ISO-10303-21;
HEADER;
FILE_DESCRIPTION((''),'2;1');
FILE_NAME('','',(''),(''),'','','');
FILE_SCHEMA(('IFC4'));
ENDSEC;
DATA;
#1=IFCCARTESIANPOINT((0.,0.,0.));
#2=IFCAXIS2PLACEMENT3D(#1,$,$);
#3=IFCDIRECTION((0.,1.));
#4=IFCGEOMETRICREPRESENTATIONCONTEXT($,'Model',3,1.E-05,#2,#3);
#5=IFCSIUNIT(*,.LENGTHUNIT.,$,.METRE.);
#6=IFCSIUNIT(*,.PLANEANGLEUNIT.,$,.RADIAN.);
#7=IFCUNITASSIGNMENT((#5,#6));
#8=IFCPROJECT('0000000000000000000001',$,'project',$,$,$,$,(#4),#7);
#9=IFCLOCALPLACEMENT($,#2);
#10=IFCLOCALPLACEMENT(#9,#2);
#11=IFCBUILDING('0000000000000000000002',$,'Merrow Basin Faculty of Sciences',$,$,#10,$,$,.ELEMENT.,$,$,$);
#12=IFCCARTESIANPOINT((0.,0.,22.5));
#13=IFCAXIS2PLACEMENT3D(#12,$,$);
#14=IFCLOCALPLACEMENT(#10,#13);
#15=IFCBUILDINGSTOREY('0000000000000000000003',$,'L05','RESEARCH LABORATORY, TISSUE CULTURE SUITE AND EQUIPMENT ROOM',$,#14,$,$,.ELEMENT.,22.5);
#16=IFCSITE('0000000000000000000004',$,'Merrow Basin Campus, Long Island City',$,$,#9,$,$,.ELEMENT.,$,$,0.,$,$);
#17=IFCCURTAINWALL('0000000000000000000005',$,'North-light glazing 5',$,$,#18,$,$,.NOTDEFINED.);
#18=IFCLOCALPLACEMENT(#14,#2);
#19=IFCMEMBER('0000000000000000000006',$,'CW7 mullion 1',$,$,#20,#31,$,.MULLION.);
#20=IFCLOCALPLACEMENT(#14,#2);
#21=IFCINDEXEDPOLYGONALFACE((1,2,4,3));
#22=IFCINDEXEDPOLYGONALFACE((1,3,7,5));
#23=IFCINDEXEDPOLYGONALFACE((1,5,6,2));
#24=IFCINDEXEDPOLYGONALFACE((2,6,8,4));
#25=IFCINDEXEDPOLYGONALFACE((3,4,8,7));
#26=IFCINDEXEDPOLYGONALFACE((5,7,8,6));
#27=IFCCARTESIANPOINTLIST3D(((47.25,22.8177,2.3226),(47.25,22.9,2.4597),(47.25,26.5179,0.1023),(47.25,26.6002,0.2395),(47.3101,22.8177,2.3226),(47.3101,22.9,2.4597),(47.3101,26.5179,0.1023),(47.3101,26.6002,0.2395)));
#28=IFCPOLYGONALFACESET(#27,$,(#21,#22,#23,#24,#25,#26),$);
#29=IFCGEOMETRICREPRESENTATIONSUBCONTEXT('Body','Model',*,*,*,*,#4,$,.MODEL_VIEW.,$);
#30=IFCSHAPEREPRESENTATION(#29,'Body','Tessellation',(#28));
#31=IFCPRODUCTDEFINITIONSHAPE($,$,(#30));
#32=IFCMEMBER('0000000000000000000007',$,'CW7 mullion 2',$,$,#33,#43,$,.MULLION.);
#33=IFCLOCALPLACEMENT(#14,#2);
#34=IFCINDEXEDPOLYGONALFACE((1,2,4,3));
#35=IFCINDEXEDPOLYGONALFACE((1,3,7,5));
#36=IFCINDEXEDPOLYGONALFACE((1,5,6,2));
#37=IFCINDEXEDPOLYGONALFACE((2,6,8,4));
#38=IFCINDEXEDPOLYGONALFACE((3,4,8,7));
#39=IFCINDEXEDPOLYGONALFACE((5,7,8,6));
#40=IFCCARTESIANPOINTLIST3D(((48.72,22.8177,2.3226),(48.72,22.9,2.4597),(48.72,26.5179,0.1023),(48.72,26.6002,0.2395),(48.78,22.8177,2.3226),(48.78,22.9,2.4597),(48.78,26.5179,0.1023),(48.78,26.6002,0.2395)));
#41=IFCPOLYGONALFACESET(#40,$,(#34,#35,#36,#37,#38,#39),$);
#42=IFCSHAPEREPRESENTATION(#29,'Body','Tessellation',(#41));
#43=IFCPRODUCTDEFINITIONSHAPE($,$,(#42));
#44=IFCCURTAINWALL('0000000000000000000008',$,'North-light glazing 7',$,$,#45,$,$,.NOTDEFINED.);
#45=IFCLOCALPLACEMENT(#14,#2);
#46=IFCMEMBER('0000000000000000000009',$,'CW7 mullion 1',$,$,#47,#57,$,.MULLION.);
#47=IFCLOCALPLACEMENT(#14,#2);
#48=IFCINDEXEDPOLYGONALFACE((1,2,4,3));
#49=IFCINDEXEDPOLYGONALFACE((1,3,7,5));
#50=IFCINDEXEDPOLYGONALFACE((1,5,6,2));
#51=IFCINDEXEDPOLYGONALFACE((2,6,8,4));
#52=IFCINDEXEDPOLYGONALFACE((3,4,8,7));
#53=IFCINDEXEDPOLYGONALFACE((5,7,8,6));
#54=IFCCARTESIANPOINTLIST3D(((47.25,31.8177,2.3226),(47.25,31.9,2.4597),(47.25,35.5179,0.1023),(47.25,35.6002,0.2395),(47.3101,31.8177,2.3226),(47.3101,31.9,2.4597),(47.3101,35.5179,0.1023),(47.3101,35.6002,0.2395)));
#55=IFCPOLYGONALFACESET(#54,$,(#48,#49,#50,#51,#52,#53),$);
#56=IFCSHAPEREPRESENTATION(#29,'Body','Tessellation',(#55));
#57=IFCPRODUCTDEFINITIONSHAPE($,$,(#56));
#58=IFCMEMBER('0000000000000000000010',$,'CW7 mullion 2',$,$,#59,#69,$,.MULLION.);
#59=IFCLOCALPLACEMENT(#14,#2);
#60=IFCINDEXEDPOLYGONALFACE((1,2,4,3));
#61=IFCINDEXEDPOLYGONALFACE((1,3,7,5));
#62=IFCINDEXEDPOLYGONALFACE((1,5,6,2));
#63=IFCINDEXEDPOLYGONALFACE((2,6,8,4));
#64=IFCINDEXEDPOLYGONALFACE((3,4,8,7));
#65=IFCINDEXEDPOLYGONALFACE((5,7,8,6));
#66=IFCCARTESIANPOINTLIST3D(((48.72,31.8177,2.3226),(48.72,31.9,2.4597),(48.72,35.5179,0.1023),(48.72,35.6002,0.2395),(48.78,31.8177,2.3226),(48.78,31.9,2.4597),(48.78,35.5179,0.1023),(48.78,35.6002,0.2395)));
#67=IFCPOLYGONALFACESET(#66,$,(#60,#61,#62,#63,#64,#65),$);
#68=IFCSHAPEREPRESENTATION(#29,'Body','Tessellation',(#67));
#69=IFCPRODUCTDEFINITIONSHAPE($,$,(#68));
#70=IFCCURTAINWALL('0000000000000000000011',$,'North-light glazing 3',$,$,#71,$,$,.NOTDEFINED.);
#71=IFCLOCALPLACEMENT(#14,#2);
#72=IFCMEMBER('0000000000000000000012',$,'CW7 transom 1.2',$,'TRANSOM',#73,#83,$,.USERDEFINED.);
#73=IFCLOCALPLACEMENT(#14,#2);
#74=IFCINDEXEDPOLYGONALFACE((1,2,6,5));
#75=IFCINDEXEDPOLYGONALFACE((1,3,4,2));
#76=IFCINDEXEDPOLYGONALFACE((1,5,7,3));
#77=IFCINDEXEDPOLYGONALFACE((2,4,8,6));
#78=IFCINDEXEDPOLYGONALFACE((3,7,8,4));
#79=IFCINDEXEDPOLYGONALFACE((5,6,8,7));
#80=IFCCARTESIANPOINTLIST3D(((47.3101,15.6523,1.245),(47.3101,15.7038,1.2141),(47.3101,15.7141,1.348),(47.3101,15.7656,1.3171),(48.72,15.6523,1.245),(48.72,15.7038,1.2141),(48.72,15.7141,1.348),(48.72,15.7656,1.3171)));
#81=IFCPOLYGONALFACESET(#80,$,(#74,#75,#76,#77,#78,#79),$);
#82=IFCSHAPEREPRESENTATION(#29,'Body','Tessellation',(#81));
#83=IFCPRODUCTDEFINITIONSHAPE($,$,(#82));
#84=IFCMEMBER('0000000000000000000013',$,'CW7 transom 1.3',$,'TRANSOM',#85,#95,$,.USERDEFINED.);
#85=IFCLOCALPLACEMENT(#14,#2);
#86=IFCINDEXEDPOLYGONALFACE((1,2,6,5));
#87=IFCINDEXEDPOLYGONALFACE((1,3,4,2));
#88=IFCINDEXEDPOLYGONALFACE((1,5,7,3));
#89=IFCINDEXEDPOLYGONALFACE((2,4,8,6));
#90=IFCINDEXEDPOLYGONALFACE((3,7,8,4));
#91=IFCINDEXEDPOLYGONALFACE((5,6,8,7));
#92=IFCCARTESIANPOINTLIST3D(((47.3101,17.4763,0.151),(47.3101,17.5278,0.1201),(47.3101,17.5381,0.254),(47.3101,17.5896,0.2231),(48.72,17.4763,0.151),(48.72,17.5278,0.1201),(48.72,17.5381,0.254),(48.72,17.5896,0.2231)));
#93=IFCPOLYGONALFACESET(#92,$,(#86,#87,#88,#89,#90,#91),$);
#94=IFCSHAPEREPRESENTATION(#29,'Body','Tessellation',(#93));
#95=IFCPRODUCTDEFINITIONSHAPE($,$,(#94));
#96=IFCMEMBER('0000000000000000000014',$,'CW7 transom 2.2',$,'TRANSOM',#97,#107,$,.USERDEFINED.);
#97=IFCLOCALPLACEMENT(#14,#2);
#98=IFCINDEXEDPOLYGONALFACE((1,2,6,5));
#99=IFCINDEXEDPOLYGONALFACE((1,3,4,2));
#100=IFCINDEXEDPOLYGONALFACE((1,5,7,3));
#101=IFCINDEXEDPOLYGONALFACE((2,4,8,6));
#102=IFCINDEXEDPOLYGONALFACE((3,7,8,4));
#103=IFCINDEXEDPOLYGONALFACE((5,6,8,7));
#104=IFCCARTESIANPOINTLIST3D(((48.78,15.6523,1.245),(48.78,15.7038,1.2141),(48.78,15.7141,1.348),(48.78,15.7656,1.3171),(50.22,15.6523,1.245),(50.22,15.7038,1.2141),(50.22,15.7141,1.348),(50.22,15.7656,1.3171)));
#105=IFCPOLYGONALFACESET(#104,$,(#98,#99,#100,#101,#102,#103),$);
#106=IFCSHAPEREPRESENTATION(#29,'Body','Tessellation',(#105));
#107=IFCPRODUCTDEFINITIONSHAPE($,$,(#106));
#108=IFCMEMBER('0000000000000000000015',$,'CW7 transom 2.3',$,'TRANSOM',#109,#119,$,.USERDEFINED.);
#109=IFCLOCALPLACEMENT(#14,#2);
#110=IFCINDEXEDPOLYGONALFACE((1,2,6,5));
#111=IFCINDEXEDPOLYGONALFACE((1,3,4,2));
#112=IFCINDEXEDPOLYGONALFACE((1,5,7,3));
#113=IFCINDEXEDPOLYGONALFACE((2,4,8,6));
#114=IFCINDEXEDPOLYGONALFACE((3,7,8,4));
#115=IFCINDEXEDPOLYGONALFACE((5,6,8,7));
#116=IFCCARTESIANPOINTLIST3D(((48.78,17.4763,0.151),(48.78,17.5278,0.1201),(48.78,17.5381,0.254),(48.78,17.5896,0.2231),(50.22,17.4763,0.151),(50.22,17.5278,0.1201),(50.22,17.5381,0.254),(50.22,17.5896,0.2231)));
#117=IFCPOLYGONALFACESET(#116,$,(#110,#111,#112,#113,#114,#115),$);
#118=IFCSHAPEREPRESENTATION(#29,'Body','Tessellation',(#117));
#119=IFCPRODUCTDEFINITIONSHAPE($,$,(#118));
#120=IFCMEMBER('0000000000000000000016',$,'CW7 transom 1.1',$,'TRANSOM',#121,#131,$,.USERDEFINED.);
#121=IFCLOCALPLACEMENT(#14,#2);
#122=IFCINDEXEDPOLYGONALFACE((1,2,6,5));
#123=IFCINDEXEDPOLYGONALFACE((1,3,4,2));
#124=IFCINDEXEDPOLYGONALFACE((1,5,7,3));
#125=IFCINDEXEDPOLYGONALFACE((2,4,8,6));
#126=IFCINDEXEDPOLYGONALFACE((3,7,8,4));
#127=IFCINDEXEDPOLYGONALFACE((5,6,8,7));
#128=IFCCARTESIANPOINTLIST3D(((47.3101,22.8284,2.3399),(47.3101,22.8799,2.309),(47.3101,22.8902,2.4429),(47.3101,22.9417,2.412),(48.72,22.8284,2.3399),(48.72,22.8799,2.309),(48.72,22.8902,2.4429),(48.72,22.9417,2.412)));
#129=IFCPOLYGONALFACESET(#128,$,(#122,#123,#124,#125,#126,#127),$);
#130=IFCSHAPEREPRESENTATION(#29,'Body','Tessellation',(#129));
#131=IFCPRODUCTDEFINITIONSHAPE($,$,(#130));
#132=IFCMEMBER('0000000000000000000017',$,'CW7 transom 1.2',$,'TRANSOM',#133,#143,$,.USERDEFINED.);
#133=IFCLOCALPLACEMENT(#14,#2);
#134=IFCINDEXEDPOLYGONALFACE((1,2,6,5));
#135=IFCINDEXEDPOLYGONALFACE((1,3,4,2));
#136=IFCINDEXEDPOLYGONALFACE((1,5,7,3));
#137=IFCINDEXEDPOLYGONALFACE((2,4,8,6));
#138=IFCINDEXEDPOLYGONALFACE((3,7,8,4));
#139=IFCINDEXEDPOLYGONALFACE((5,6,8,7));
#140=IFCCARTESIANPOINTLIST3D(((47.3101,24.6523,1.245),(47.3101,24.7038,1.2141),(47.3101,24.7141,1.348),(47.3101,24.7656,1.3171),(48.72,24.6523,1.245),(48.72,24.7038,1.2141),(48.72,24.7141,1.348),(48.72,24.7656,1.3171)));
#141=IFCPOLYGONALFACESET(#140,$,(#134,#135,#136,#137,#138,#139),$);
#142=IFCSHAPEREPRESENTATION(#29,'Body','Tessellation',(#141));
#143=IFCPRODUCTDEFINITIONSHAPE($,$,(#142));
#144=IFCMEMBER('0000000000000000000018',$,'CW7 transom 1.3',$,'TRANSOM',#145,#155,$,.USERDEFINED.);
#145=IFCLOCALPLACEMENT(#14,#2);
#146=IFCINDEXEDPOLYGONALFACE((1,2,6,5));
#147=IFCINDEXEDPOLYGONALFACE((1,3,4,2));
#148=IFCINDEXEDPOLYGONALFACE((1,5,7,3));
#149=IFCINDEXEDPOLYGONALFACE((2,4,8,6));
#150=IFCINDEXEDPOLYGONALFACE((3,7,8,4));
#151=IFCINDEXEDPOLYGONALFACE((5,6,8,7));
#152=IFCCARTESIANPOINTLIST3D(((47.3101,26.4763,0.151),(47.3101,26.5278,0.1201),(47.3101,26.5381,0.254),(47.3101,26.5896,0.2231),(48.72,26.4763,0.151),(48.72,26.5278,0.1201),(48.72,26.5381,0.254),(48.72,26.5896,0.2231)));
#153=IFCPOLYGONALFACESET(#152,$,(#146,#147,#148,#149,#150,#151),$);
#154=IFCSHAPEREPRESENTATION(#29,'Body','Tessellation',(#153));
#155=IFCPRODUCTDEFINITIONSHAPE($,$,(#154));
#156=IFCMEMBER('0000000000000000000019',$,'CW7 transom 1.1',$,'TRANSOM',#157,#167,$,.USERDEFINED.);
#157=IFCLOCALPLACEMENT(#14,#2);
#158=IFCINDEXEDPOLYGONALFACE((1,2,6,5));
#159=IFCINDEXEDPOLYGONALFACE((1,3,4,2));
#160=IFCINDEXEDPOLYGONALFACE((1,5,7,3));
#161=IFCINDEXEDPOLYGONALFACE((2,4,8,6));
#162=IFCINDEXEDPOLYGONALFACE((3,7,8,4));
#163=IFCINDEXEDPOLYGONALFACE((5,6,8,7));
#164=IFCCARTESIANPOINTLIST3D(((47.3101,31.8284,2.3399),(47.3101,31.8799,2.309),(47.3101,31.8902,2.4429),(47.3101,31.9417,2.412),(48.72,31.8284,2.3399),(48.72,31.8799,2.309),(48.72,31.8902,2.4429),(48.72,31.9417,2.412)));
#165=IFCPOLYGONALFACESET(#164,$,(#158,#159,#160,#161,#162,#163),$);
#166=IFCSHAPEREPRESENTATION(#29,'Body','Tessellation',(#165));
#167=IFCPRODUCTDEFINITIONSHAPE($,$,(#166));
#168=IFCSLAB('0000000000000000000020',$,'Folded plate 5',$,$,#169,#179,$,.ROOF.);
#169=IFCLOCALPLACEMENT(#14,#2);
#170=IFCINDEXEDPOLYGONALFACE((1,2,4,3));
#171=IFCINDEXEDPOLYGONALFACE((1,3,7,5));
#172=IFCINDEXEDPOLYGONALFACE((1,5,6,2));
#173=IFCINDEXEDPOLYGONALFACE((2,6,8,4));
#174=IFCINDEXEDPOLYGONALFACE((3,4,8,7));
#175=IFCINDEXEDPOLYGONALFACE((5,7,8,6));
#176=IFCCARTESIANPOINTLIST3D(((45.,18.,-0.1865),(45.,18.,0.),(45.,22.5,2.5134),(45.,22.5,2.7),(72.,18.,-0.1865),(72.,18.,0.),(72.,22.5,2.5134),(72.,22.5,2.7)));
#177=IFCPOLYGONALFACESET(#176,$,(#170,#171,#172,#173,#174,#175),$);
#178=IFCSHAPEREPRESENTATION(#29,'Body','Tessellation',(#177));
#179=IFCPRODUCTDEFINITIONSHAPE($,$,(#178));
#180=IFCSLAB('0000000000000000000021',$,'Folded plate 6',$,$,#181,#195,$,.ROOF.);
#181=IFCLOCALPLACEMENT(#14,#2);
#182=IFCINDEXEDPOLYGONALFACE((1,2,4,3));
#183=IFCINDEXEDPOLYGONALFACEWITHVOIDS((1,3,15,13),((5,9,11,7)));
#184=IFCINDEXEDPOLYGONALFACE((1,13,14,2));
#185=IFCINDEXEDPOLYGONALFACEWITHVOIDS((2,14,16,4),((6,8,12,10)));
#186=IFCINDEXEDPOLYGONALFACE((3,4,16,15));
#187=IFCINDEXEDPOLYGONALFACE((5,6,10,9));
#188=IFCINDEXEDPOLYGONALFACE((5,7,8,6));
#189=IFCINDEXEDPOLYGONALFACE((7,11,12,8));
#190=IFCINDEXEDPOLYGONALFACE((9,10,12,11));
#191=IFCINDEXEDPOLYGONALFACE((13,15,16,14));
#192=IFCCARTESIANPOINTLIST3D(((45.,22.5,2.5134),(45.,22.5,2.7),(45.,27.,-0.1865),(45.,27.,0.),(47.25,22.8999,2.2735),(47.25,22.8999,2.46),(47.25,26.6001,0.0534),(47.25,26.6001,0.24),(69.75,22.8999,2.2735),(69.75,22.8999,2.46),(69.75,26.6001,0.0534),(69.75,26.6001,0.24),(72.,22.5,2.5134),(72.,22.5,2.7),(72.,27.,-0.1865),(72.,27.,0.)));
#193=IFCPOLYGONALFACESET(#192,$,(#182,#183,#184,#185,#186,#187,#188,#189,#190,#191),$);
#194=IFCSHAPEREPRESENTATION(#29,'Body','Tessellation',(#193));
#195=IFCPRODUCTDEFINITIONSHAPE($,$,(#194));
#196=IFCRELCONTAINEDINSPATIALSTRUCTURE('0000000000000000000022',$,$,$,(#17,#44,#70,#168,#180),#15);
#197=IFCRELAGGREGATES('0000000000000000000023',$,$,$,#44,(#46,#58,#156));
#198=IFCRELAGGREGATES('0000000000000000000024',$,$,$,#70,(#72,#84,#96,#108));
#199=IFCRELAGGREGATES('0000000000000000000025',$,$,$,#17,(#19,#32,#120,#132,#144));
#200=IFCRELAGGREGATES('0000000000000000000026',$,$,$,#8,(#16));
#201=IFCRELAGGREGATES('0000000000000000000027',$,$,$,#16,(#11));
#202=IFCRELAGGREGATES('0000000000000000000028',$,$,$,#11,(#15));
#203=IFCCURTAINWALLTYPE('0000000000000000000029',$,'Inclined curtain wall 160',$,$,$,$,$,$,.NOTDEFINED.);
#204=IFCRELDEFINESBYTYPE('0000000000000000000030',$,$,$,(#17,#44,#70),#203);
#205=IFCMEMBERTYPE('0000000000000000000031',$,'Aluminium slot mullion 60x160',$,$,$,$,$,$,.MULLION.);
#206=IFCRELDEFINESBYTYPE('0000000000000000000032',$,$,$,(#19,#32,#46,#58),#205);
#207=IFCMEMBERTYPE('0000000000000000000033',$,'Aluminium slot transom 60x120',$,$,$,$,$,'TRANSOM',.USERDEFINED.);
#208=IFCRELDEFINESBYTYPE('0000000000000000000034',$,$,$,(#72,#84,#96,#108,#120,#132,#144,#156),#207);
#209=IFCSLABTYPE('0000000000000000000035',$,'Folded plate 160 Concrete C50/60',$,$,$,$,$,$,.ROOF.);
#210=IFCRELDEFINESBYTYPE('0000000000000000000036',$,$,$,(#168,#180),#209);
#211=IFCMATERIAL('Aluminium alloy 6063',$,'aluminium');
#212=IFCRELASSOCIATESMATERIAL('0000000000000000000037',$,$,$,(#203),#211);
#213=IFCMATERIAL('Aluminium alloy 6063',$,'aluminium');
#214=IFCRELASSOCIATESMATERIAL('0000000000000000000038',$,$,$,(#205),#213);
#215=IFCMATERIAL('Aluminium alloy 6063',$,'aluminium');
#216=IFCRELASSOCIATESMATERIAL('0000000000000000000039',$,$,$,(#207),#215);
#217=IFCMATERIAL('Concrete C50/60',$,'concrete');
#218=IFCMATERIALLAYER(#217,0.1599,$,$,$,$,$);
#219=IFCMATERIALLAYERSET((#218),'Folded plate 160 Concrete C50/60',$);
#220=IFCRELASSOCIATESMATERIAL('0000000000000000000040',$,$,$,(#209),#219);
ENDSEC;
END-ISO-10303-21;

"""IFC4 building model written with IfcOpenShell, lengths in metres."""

from ifc_helpers import new_model, si_unit, direction, frame, origin, origin_2d, place, context, subcontext, project, spatial, polyline, rectangle, outline, extrude, material, layer, layer_set, material_profile, profile_set, type_object, element, aggregate, save


model = new_model("IFC4")

# Units and contexts
model_context = context("Model", 3, precision=1e-05, world=origin(), true_north=direction((0.0, 1.0)))
body_context = subcontext(model_context, "Body", "Model", "MODEL_VIEW")
ifc_project = project(units=[si_unit("LENGTHUNIT", "METRE"), si_unit("PLANEANGLEUNIT", "RADIAN")], contexts=[model_context])

# Site, building, storey
site_placement = place(None, origin())
site = spatial("IfcSite", under=ifc_project, at=site_placement, Name="Merrow Basin Campus, Long Island City", CompositionType="ELEMENT", RefElevation=0.0)
building_placement = place(site_placement, origin())
building = spatial("IfcBuilding", under=site, at=building_placement, Name="Merrow Basin Faculty of Sciences", CompositionType="ELEMENT")
storey_placement = place(building_placement, frame((0.0, 0.0, 22.5)))
storey = spatial("IfcBuildingStorey", under=building, at=storey_placement, Name="L05", Description="RESEARCH LABORATORY, TISSUE CULTURE SUITE AND EQUIPMENT ROOM", CompositionType="ELEMENT", Elevation=22.5)

# Curtain walls, members
ifc_material_1 = material(Name="Aluminium alloy 6063", Category="aluminium")
curtain_wall_type = type_object("IfcCurtainWallType", Name="Inclined curtain wall 160", PredefinedType="NOTDEFINED", material=ifc_material_1)
curtain_wall_1_placement = place(storey_placement, origin())
curtain_wall_1 = element("IfcCurtainWall", 1, at=curtain_wall_1_placement, inside=storey, type_object=curtain_wall_type, Name="North-light glazing 5", PredefinedType="NOTDEFINED")
ifc_material_2 = material(Name="Aluminium alloy 6063", Category="aluminium")
ifc_material_profile_1 = material_profile(ifc_material_2, rectangle(XDim=0.0601, YDim=0.1599, at=origin_2d()))
ifc_profile_set_1 = profile_set([ifc_material_profile_1], Name="Aluminium alloy 6063")
member_type_1 = type_object("IfcMemberType", Name="Aluminium slot mullion 60x160", PredefinedType="MULLION", material=ifc_profile_set_1)
member_1_placement = place(storey_placement, frame((47.28, 22.8589, 2.3911), z_axis=(0.0, 0.857483, -0.514512), x_axis=(-1.0, 0.0, 0.0)))
member_1 = element("IfcMember", 2, at=member_1_placement, type_object=member_type_1, Name="CW7 mullion 1", PredefinedType="MULLION", context=body_context, shape_type="SweptSolid", body=[
    extrude(rectangle(XDim=0.0601, YDim=0.1599, at=origin_2d()), origin(), (0.0, 0.0, 1.0), 4.3152),
])
member_2_placement = place(storey_placement, frame((48.75, 22.8589, 2.3911), z_axis=(0.0, 0.857483, -0.514512), x_axis=(-1.0, 0.0, 0.0)))
member_2 = element("IfcMember", 3, at=member_2_placement, type_object=member_type_1, Name="CW7 mullion 2", PredefinedType="MULLION", context=body_context, shape_type="SweptSolid", body=[
    extrude(rectangle(XDim=0.0601, YDim=0.1599, at=origin_2d()), origin(), (0.0, 0.0, 1.0), 4.3152),
])
curtain_wall_2_placement = place(storey_placement, origin())
curtain_wall_2 = element("IfcCurtainWall", 4, at=curtain_wall_2_placement, inside=storey, type_object=curtain_wall_type, Name="North-light glazing 7", PredefinedType="NOTDEFINED")
member_3_placement = place(storey_placement, frame((47.28, 31.8589, 2.3911), z_axis=(0.0, 0.857483, -0.514512), x_axis=(-1.0, 0.0, 0.0)))
member_3 = element("IfcMember", 5, at=member_3_placement, type_object=member_type_1, Name="CW7 mullion 1", PredefinedType="MULLION", context=body_context, shape_type="SweptSolid", body=[
    extrude(rectangle(XDim=0.0601, YDim=0.1599, at=origin_2d()), origin(), (0.0, 0.0, 1.0), 4.3152),
])
member_4_placement = place(storey_placement, frame((48.75, 31.8589, 2.3911), z_axis=(0.0, 0.857483, -0.514512), x_axis=(-1.0, 0.0, 0.0)))
member_4 = element("IfcMember", 6, at=member_4_placement, type_object=member_type_1, Name="CW7 mullion 2", PredefinedType="MULLION", context=body_context, shape_type="SweptSolid", body=[
    extrude(rectangle(XDim=0.0601, YDim=0.1599, at=origin_2d()), origin(), (0.0, 0.0, 1.0), 4.3152),
])
curtain_wall_3_placement = place(storey_placement, origin())
curtain_wall_3 = element("IfcCurtainWall", 7, at=curtain_wall_3_placement, inside=storey, type_object=curtain_wall_type, Name="North-light glazing 3", PredefinedType="NOTDEFINED")
ifc_material_3 = material(Name="Aluminium alloy 6063", Category="aluminium")
ifc_material_profile_2 = material_profile(ifc_material_3, rectangle(XDim=0.0601, YDim=0.1201, at=origin_2d()))
ifc_profile_set_2 = profile_set([ifc_material_profile_2], Name="Aluminium alloy 6063")
member_type_2 = type_object("IfcMemberType", Name="Aluminium slot transom 60x120", ElementType="TRANSOM", PredefinedType="USERDEFINED", material=ifc_profile_set_2)
member_5_placement = place(storey_placement, frame((47.3101, 15.709, 1.281), z_axis=(1.0, 0.0, 0.0), x_axis=(0.0, 0.857493, -0.514496)))
member_5 = element("IfcMember", 8, at=member_5_placement, type_object=member_type_2, Name="CW7 transom 1.2", ObjectType="TRANSOM", PredefinedType="USERDEFINED", context=body_context, shape_type="SweptSolid", body=[
    extrude(rectangle(XDim=0.0601, YDim=0.1201, at=origin_2d()), origin(), (0.0, 0.0, 1.0), 1.4099),
])
member_6_placement = place(storey_placement, frame((47.3101, 17.533, 0.187), z_axis=(1.0, 0.0, 0.0), x_axis=(0.0, 0.857493, -0.514496)))
member_6 = element("IfcMember", 9, at=member_6_placement, type_object=member_type_2, Name="CW7 transom 1.3", ObjectType="TRANSOM", PredefinedType="USERDEFINED", context=body_context, shape_type="SweptSolid", body=[
    extrude(rectangle(XDim=0.0601, YDim=0.1201, at=origin_2d()), origin(), (0.0, 0.0, 1.0), 1.4099),
])
member_7_placement = place(storey_placement, frame((48.78, 15.709, 1.281), z_axis=(1.0, 0.0, 0.0), x_axis=(0.0, 0.857493, -0.514496)))
member_7 = element("IfcMember", 10, at=member_7_placement, type_object=member_type_2, Name="CW7 transom 2.2", ObjectType="TRANSOM", PredefinedType="USERDEFINED", context=body_context, shape_type="SweptSolid", body=[
    extrude(rectangle(XDim=0.0601, YDim=0.1201, at=origin_2d()), origin(), (0.0, 0.0, 1.0), 1.4399),
])
member_8_placement = place(storey_placement, frame((48.78, 17.533, 0.187), z_axis=(1.0, 0.0, 0.0), x_axis=(0.0, 0.857493, -0.514496)))
member_8 = element("IfcMember", 11, at=member_8_placement, type_object=member_type_2, Name="CW7 transom 2.3", ObjectType="TRANSOM", PredefinedType="USERDEFINED", context=body_context, shape_type="SweptSolid", body=[
    extrude(rectangle(XDim=0.0601, YDim=0.1201, at=origin_2d()), origin(), (0.0, 0.0, 1.0), 1.4399),
])

# Members
member_9_placement = place(storey_placement, frame((47.3101, 22.885, 2.376), z_axis=(1.0, 0.0, 0.0), x_axis=(0.0, 0.857493, -0.514496)))
member_9 = element("IfcMember", 12, at=member_9_placement, type_object=member_type_2, Name="CW7 transom 1.1", ObjectType="TRANSOM", PredefinedType="USERDEFINED", context=body_context, shape_type="SweptSolid", body=[
    extrude(rectangle(XDim=0.0601, YDim=0.1201, at=origin_2d()), origin(), (0.0, 0.0, 1.0), 1.4099),
])
member_10_placement = place(storey_placement, frame((47.3101, 24.709, 1.281), z_axis=(1.0, 0.0, 0.0), x_axis=(0.0, 0.857493, -0.514496)))
member_10 = element("IfcMember", 13, at=member_10_placement, type_object=member_type_2, Name="CW7 transom 1.2", ObjectType="TRANSOM", PredefinedType="USERDEFINED", context=body_context, shape_type="SweptSolid", body=[
    extrude(rectangle(XDim=0.0601, YDim=0.1201, at=origin_2d()), origin(), (0.0, 0.0, 1.0), 1.4099),
])
member_11_placement = place(storey_placement, frame((47.3101, 26.533, 0.187), z_axis=(1.0, 0.0, 0.0), x_axis=(0.0, 0.857493, -0.514496)))
member_11 = element("IfcMember", 14, at=member_11_placement, type_object=member_type_2, Name="CW7 transom 1.3", ObjectType="TRANSOM", PredefinedType="USERDEFINED", context=body_context, shape_type="SweptSolid", body=[
    extrude(rectangle(XDim=0.0601, YDim=0.1201, at=origin_2d()), origin(), (0.0, 0.0, 1.0), 1.4099),
])
member_12_placement = place(storey_placement, frame((47.3101, 31.885, 2.376), z_axis=(1.0, 0.0, 0.0), x_axis=(0.0, 0.857493, -0.514496)))
member_12 = element("IfcMember", 15, at=member_12_placement, type_object=member_type_2, Name="CW7 transom 1.1", ObjectType="TRANSOM", PredefinedType="USERDEFINED", context=body_context, shape_type="SweptSolid", body=[
    extrude(rectangle(XDim=0.0601, YDim=0.1201, at=origin_2d()), origin(), (0.0, 0.0, 1.0), 1.4099),
])
aggregate(curtain_wall_2, [member_3, member_4, member_12])

# Slabs
ifc_material_4 = material(Name="Concrete C50/60", Category="concrete")
ifc_layer_1 = layer(ifc_material_4, 0.1599)
ifc_layer_set_1 = layer_set([ifc_layer_1], Name="Folded plate 160 Concrete C50/60")
slab_type = type_object("IfcSlabType", Name="Folded plate 160 Concrete C50/60", PredefinedType="ROOF", material=ifc_layer_set_1)
slab_1_placement = place(storey_placement, frame((45.0, 18.0, 0.0), z_axis=(0.0, -0.514489, 0.857497), x_axis=(1.0, 0.0, 0.0)))
element("IfcSlab", 16, at=slab_1_placement, inside=storey, type_object=slab_type, Name="Folded plate 5", PredefinedType="ROOF", context=body_context, shape_type="SweptSolid", body=[
    extrude(outline(polyline([(0.0, 0.0), (27.0, 0.0), (27.0, 5.2478), (0.0, 5.2478), (0.0, 0.0)])), origin(), (0.0, -0.514489, -0.857497), 0.1865),
])
slab_2_placement = place(storey_placement, frame((45.0, 22.5, 2.7), z_axis=(0.0, 0.514489, 0.857497), x_axis=(1.0, 0.0, 0.0)))
element("IfcSlab", 17, at=slab_2_placement, inside=storey, type_object=slab_type, Name="Folded plate 6", PredefinedType="ROOF", context=body_context, shape_type="SweptSolid", body=[
    extrude(outline(polyline([(0.0, 0.0), (27.0, 0.0), (27.0, 5.2478), (0.0, 5.2478), (0.0, 0.0)]), holes=[polyline([(2.25, 0.4664), (24.75, 0.4664), (24.75, 4.7814), (2.25, 4.7814), (2.25, 0.4664)])]), origin(), (0.0, 0.514489, -0.857497), 0.1865),
])

aggregate(curtain_wall_3, [member_5, member_6, member_7, member_8])
aggregate(curtain_wall_1, [member_1, member_2, member_9, member_10, member_11])

save(model, "model.ifc")
